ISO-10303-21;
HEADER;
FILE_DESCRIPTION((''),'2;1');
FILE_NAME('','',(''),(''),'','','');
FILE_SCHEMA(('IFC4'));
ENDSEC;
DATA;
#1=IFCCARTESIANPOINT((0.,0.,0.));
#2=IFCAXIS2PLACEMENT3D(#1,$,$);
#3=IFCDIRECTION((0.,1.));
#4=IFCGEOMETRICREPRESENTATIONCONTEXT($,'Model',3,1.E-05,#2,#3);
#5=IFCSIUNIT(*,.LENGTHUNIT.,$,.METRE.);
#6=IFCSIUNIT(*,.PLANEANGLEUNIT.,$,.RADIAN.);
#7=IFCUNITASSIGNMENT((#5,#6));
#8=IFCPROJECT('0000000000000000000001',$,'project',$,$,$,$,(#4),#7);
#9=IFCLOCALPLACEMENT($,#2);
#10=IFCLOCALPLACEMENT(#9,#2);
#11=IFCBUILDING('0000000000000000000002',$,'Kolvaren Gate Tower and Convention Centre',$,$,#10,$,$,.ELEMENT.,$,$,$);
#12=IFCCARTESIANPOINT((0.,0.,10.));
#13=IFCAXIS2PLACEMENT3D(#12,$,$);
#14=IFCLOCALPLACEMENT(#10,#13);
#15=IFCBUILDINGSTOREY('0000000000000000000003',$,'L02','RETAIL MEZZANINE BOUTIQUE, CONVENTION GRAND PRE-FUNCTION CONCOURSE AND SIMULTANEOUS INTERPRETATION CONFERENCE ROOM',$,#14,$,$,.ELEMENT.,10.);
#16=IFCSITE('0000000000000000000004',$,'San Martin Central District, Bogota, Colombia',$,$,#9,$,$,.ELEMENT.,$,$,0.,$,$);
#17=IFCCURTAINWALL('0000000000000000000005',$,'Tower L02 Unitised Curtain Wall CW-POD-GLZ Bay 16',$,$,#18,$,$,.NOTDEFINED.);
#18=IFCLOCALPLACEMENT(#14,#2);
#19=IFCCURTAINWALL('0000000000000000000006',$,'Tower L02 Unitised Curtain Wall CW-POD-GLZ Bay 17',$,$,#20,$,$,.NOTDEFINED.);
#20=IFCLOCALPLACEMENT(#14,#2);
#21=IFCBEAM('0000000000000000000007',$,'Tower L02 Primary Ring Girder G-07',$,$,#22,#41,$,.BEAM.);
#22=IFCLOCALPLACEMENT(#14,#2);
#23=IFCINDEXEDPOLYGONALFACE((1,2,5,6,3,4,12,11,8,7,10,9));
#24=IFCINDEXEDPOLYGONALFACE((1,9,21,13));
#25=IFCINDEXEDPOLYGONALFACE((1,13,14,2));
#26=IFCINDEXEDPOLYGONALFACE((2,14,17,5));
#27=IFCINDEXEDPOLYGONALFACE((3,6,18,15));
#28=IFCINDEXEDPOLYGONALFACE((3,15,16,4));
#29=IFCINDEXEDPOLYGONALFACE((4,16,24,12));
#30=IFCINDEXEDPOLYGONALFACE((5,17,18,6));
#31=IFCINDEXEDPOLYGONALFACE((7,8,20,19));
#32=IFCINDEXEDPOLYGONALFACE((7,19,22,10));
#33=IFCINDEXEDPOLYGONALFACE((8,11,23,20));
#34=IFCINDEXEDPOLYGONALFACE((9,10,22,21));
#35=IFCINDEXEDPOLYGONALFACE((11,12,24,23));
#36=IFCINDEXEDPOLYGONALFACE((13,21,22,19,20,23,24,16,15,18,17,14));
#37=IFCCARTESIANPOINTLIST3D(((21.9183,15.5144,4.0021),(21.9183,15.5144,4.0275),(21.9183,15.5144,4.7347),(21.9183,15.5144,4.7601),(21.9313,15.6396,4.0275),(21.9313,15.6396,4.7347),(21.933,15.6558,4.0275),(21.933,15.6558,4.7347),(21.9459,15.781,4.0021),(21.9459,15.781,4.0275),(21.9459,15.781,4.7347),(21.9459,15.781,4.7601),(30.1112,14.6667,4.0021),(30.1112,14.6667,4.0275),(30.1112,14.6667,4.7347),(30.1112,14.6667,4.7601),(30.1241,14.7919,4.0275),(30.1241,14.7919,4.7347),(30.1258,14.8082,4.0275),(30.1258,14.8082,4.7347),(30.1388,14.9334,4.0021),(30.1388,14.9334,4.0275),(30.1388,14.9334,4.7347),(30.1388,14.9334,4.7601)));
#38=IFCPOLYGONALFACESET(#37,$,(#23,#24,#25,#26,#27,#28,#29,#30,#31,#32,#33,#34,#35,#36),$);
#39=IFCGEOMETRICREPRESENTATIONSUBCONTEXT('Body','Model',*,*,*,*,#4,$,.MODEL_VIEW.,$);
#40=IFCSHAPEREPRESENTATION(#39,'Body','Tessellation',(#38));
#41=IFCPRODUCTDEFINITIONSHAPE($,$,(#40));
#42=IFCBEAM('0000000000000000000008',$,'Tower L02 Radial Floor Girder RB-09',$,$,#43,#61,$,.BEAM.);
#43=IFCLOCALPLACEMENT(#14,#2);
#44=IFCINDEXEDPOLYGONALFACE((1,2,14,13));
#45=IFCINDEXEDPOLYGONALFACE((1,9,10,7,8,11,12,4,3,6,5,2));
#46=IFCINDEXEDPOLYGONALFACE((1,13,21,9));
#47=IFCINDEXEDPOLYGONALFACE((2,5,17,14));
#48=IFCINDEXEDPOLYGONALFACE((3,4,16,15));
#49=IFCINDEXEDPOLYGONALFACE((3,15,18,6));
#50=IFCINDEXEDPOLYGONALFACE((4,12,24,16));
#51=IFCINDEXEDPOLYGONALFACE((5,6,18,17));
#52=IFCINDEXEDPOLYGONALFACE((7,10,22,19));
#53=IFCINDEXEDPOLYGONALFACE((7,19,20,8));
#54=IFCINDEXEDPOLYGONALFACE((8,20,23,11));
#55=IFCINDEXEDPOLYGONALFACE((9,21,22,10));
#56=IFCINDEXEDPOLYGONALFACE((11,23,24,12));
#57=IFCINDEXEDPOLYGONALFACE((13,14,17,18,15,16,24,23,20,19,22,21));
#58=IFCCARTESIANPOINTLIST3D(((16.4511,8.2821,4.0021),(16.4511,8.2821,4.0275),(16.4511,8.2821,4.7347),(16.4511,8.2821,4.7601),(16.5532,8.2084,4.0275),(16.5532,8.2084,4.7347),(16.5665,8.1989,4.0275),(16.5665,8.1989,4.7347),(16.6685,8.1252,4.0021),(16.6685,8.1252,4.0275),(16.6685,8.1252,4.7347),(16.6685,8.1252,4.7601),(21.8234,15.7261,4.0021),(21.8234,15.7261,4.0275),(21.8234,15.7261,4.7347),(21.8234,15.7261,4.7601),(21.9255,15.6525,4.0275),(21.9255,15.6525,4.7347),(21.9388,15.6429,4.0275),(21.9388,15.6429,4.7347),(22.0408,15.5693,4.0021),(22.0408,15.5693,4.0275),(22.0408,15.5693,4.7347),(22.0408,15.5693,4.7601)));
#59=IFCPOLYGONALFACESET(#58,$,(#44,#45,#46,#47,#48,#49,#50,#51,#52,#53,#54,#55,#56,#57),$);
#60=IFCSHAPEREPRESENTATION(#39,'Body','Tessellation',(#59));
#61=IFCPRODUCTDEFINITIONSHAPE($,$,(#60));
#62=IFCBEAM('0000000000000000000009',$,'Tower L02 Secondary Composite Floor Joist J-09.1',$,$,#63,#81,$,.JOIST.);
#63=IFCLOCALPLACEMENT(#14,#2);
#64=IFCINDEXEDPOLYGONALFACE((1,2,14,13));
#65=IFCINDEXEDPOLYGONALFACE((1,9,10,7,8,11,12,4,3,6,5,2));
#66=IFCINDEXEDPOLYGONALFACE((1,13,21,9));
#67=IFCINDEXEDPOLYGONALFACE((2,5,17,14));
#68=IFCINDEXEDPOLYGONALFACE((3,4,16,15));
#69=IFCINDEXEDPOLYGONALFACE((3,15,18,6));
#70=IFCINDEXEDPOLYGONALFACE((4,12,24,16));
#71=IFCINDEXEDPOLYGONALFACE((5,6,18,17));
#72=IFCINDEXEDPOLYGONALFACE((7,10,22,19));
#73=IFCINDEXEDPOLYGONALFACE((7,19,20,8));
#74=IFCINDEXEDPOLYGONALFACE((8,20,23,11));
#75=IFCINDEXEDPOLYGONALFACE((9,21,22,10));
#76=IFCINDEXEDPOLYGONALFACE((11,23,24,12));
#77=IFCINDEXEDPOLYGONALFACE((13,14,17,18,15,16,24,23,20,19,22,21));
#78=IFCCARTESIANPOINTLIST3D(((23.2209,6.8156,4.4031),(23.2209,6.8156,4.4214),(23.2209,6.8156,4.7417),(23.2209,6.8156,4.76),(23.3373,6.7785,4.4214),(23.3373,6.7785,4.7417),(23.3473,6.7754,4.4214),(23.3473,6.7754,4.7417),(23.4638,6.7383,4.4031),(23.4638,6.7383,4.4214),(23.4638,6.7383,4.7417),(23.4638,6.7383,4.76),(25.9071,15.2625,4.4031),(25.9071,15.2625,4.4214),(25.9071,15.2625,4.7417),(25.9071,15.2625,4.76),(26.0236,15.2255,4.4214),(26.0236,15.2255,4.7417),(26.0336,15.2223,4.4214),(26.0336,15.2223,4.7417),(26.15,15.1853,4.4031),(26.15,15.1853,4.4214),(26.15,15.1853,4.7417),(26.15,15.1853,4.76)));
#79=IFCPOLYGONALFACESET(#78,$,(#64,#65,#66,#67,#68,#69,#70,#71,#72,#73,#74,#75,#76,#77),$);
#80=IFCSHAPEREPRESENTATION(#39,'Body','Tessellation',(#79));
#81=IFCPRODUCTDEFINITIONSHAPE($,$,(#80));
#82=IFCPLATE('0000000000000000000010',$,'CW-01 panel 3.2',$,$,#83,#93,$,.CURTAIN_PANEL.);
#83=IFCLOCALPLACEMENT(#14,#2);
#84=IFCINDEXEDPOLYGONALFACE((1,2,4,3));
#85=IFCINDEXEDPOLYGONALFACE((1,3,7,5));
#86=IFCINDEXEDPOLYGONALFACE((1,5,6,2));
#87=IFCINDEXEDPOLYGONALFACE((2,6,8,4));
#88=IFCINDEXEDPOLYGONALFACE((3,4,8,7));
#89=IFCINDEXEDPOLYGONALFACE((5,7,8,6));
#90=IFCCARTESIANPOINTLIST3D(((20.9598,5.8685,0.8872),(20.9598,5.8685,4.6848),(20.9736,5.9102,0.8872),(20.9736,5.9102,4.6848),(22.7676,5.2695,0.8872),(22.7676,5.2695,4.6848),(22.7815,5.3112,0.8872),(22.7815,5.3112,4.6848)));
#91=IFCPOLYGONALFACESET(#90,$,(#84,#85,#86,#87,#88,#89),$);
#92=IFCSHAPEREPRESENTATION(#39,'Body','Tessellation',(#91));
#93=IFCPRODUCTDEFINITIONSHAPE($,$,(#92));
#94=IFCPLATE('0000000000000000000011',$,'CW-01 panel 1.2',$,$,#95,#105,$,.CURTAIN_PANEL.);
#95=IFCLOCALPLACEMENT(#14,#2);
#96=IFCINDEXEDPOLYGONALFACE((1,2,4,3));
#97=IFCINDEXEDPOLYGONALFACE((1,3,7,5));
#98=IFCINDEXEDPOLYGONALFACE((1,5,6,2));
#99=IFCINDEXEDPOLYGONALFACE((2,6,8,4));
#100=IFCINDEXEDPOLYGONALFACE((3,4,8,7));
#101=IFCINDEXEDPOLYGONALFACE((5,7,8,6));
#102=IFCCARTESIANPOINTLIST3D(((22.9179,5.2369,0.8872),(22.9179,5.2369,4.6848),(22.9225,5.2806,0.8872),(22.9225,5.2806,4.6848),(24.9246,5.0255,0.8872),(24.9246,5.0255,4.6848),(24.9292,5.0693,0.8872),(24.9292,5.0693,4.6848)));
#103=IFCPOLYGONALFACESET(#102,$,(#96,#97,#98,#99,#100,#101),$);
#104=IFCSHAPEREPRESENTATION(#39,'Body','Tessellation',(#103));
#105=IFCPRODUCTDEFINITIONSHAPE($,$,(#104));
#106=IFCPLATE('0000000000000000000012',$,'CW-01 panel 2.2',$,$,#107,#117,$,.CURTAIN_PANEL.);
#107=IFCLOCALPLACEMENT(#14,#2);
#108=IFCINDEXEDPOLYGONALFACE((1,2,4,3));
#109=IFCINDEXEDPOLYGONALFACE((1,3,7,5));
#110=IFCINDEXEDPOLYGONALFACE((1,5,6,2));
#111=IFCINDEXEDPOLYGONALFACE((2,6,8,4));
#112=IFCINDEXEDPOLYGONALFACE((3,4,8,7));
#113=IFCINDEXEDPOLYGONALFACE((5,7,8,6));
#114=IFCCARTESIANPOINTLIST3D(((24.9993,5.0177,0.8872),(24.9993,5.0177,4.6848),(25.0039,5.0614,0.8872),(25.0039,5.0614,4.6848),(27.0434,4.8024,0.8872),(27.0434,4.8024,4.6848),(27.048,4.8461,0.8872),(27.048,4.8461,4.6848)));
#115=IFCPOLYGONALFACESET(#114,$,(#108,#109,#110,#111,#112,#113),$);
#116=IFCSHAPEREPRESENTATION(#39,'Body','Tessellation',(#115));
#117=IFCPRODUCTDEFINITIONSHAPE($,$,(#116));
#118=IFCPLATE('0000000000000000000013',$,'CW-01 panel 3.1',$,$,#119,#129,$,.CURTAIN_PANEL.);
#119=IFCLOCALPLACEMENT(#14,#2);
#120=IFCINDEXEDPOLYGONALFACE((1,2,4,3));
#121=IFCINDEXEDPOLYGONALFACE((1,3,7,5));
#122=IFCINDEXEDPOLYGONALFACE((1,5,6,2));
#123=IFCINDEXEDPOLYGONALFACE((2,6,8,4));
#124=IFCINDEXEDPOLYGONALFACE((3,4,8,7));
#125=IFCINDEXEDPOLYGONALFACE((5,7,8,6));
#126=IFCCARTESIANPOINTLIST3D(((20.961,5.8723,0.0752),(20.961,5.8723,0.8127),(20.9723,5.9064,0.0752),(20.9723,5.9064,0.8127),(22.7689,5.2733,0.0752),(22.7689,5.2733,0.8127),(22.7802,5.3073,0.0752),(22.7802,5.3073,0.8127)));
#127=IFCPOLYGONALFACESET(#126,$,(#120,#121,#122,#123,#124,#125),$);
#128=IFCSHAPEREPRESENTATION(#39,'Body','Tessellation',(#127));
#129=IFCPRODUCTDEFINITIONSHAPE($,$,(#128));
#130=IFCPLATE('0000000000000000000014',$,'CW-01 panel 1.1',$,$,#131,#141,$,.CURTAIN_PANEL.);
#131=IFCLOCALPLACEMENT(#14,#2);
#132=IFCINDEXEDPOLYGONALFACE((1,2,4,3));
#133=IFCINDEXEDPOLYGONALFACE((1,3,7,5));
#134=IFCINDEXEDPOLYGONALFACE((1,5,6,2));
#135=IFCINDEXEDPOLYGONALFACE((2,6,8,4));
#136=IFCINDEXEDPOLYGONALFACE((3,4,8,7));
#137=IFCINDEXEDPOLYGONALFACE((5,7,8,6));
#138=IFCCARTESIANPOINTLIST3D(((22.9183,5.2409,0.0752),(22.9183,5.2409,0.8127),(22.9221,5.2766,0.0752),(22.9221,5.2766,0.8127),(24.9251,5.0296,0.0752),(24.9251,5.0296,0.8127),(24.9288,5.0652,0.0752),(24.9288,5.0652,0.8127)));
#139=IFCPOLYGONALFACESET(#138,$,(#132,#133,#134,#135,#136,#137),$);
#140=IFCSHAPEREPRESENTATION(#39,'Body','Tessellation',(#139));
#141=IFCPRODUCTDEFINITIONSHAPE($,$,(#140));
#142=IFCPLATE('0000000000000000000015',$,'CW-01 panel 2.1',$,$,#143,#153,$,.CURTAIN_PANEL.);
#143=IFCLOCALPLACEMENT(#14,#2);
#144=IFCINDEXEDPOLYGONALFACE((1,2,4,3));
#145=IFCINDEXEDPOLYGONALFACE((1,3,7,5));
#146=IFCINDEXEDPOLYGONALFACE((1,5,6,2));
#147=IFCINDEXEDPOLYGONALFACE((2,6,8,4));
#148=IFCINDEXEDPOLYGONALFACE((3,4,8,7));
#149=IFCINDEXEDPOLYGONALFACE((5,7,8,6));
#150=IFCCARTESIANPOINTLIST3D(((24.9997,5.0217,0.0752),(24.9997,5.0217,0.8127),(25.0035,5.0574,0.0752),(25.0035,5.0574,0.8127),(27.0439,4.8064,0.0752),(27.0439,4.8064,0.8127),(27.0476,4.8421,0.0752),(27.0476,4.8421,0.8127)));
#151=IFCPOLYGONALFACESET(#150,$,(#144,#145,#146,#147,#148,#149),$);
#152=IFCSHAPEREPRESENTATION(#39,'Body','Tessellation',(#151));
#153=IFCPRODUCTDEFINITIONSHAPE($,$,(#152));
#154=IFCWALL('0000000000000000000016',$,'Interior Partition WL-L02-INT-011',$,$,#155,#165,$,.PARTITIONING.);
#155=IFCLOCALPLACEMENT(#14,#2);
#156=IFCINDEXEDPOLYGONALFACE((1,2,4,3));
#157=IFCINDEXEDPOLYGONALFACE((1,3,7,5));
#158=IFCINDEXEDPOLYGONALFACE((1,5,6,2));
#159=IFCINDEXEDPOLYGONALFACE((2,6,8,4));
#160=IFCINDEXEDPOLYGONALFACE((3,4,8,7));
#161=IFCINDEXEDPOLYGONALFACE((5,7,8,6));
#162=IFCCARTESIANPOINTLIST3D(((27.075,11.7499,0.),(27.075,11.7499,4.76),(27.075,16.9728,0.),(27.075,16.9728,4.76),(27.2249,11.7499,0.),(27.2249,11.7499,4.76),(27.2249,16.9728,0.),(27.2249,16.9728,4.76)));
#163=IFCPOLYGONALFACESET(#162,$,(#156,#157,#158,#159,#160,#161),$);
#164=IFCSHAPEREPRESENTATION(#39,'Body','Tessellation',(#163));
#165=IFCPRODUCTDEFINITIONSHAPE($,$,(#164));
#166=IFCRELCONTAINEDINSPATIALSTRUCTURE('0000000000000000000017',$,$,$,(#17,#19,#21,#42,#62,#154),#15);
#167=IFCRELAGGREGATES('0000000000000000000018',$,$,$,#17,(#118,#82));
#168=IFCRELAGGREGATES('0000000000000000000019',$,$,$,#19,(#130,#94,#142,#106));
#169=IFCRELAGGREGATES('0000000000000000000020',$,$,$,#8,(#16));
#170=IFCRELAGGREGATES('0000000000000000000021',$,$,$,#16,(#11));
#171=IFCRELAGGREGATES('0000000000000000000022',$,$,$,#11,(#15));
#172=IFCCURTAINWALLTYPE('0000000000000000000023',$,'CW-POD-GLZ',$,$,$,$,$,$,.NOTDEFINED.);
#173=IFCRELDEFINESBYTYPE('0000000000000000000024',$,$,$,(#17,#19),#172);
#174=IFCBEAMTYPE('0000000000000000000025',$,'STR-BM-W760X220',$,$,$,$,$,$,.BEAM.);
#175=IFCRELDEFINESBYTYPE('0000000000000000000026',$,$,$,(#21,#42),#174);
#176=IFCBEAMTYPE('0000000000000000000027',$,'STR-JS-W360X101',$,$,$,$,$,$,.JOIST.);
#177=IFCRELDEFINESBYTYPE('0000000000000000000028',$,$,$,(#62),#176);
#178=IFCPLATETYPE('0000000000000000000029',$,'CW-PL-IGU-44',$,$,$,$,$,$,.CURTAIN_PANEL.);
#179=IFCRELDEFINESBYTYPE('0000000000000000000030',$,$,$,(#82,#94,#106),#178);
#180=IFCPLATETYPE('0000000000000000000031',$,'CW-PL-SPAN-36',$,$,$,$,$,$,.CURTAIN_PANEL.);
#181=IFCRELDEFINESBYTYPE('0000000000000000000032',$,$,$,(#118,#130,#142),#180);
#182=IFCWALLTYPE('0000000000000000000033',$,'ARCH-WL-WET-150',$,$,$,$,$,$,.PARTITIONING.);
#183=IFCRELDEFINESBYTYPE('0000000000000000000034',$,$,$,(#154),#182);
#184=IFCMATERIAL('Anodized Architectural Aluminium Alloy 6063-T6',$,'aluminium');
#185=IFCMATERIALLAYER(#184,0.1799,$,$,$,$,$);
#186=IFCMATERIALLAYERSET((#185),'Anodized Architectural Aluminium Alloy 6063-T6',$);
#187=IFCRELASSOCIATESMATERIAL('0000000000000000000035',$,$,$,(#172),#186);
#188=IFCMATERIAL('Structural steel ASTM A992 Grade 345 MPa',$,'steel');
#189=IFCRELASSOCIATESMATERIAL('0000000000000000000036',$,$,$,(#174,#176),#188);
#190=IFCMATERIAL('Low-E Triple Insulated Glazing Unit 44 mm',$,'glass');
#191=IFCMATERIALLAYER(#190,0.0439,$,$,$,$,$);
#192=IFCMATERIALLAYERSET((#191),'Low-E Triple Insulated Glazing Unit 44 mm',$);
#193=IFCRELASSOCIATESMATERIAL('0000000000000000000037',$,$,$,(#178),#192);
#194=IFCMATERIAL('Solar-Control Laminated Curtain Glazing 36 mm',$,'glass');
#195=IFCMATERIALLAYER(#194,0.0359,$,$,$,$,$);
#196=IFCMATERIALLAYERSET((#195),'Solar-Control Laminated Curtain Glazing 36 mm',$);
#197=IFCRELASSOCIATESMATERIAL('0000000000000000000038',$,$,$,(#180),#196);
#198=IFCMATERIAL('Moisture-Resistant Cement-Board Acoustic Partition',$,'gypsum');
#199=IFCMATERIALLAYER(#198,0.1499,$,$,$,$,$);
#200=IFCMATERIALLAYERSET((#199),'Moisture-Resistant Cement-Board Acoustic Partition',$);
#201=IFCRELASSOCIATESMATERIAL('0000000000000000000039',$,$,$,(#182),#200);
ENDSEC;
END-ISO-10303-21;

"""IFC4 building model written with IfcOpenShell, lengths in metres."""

from ifc_helpers import new_model, si_unit, direction, frame, frame_2d, origin, origin_2d, place, context, subcontext, project, spatial, rectangle, i_section, extrude, material, layer, layer_set, material_profile, profile_set, type_object, element, aggregate, save


model = new_model("IFC4")

# Units and contexts
model_context = context("Model", 3, precision=1e-05, world=origin(), true_north=direction((0.0, 1.0)))
body_context = subcontext(model_context, "Body", "Model", "MODEL_VIEW")
ifc_project = project(units=[si_unit("LENGTHUNIT", "METRE"), si_unit("PLANEANGLEUNIT", "RADIAN")], contexts=[model_context])

# Site, building, storey
site_placement = place(None, origin())
site = spatial("IfcSite", under=ifc_project, at=site_placement, Name="San Martin Central District, Bogota, Colombia", CompositionType="ELEMENT", RefElevation=0.0)
building_placement = place(site_placement, origin())
building = spatial("IfcBuilding", under=site, at=building_placement, Name="Kolvaren Gate Tower and Convention Centre", CompositionType="ELEMENT")
storey_placement = place(building_placement, frame((0.0, 0.0, 10.0)))
storey = spatial("IfcBuildingStorey", under=building, at=storey_placement, Name="L02", Description="RETAIL MEZZANINE BOUTIQUE, CONVENTION GRAND PRE-FUNCTION CONCOURSE AND SIMULTANEOUS INTERPRETATION CONFERENCE ROOM", CompositionType="ELEMENT", Elevation=10.0)

# Curtain wall
ifc_material_1 = material(Name="Anodized Architectural Aluminium Alloy 6063-T6", Category="aluminium")
ifc_layer_1 = layer(ifc_material_1, 0.1799)
ifc_layer_set_1 = layer_set([ifc_layer_1], Name="Anodized Architectural Aluminium Alloy 6063-T6")
curtain_wall_type = type_object("IfcCurtainWallType", Name="CW-POD-GLZ", PredefinedType="NOTDEFINED", material=ifc_layer_set_1)
curtain_wall_1_placement = place(storey_placement, origin())
curtain_wall_1 = element("IfcCurtainWall", 1, at=curtain_wall_1_placement, inside=storey, type_object=curtain_wall_type, Name="Tower L02 Unitised Curtain Wall CW-POD-GLZ Bay 16", PredefinedType="NOTDEFINED")

# Curtain wall
curtain_wall_2_placement = place(storey_placement, origin())
curtain_wall_2 = element("IfcCurtainWall", 2, at=curtain_wall_2_placement, inside=storey, type_object=curtain_wall_type, Name="Tower L02 Unitised Curtain Wall CW-POD-GLZ Bay 17", PredefinedType="NOTDEFINED")

# Beams
ifc_material_2 = material(Name="Structural steel ASTM A992 Grade 345 MPa", Category="steel")
ifc_material_profile_1 = material_profile(ifc_material_2, i_section(OverallWidth=0.2681, OverallDepth=0.7581, WebThickness=0.0164, FlangeThickness=0.0254, at=origin_2d()), Name="W760X220")
ifc_profile_set_1 = profile_set([ifc_material_profile_1], Name="Structural steel ASTM A992 Grade 345 MPa")
beam_type_1 = type_object("IfcBeamType", Name="STR-BM-W760X220", PredefinedType="BEAM", material=ifc_profile_set_1)
beam_1_placement = place(storey_placement, frame((21.9321, 15.6477, 4.3811), z_axis=(0.99469, -0.102913, 0.0), x_axis=(0.102913, 0.99469, 0.0)))
element("IfcBeam", 3, at=beam_1_placement, inside=storey, type_object=beam_type_1, Name="Tower L02 Primary Ring Girder G-07", PredefinedType="BEAM", context=body_context, shape_type="SweptSolid", body=[
    extrude(i_section(OverallWidth=0.2681, OverallDepth=0.7581, WebThickness=0.0164, FlangeThickness=0.0254, at=origin_2d()), origin(), (0.0, 0.0, 1.0), 8.2366),
])
beam_2_placement = place(storey_placement, frame((21.9321, 15.6477, 4.3811), z_axis=(-0.585206, -0.810885, 0.0), x_axis=(0.810885, -0.585206, 0.0)))
element("IfcBeam", 4, at=beam_2_placement, inside=storey, type_object=beam_type_1, Name="Tower L02 Radial Floor Girder RB-09", PredefinedType="BEAM", context=body_context, shape_type="SweptSolid", body=[
    extrude(i_section(OverallWidth=0.2681, OverallDepth=0.7581, WebThickness=0.0164, FlangeThickness=0.0254, at=origin_2d()), origin(), (0.0, 0.0, 1.0), 9.1802),
])
ifc_material_profile_2 = material_profile(ifc_material_2, i_section(OverallWidth=0.2549, OverallDepth=0.3569, WebThickness=0.0105, FlangeThickness=0.0183, at=origin_2d()), Name="W360X101")
ifc_profile_set_2 = profile_set([ifc_material_profile_2], Name="Structural steel ASTM A992 Grade 345 MPa")
beam_type_2 = type_object("IfcBeamType", Name="STR-JS-W360X101", PredefinedType="JOIST", material=ifc_profile_set_2)
beam_3_placement = place(storey_placement, frame((26.0286, 15.2239, 4.5815), z_axis=(-0.303059, -0.952972, 0.0), x_axis=(0.952972, -0.303059, 0.0)))
element("IfcBeam", 5, at=beam_3_placement, inside=storey, type_object=beam_type_2, Name="Tower L02 Secondary Composite Floor Joist J-09.1", PredefinedType="JOIST", context=body_context, shape_type="SweptSolid", body=[
    extrude(i_section(OverallWidth=0.2549, OverallDepth=0.3569, WebThickness=0.0105, FlangeThickness=0.0183, at=origin_2d()), origin(), (0.0, 0.0, 1.0), 8.8638),
])

# Plates
ifc_material_3 = material(Name="Low-E Triple Insulated Glazing Unit 44 mm", Category="glass")
ifc_layer_2 = layer(ifc_material_3, 0.0439)
ifc_layer_set_2 = layer_set([ifc_layer_2], Name="Low-E Triple Insulated Glazing Unit 44 mm")
plate_type_1 = type_object("IfcPlateType", Name="CW-PL-IGU-44", PredefinedType="CURTAIN_PANEL", material=ifc_layer_set_2)
plate_1_placement = place(storey_placement, frame((21.8706, 5.5898, 0.8872), z_axis=(0.0, 0.0, 1.0), x_axis=(0.949242, -0.314547, 0.0)))
plate_1 = element("IfcPlate", 6, at=plate_1_placement, type_object=plate_type_1, Name="CW-01 panel 3.2", PredefinedType="CURTAIN_PANEL", context=body_context, shape_type="SweptSolid", body=[
    extrude(rectangle(XDim=1.9045, YDim=0.0439, at=origin_2d()), origin(), (0.0, 0.0, 1.0), 3.7976),
])
plate_2_placement = place(storey_placement, frame((23.9236, 5.1531, 0.8872), z_axis=(0.0, 0.0, 1.0), x_axis=(0.994499, -0.104742, 0.0)))
plate_2 = element("IfcPlate", 7, at=plate_2_placement, type_object=plate_type_1, Name="CW-01 panel 1.2", PredefinedType="CURTAIN_PANEL", context=body_context, shape_type="SweptSolid", body=[
    extrude(rectangle(XDim=2.0178, YDim=0.0439, at=origin_2d()), origin(), (0.0, 0.0, 1.0), 3.7976),
])
plate_3_placement = place(storey_placement, frame((26.0237, 4.9319, 0.8872), z_axis=(0.0, 0.0, 1.0), x_axis=(0.994499, -0.104742, 0.0)))
plate_3 = element("IfcPlate", 8, at=plate_3_placement, type_object=plate_type_1, Name="CW-01 panel 2.2", PredefinedType="CURTAIN_PANEL", context=body_context, shape_type="SweptSolid", body=[
    extrude(rectangle(XDim=2.0554, YDim=0.0439, at=origin_2d()), origin(), (0.0, 0.0, 1.0), 3.7976),
])
ifc_material_4 = material(Name="Solar-Control Laminated Curtain Glazing 36 mm", Category="glass")
ifc_layer_3 = layer(ifc_material_4, 0.0359)
ifc_layer_set_3 = layer_set([ifc_layer_3], Name="Solar-Control Laminated Curtain Glazing 36 mm")
plate_type_2 = type_object("IfcPlateType", Name="CW-PL-SPAN-36", PredefinedType="CURTAIN_PANEL", material=ifc_layer_set_3)
plate_4_placement = place(storey_placement, frame((21.8706, 5.5898, 0.0752), z_axis=(0.0, 0.0, 1.0), x_axis=(0.949242, -0.314547, 0.0)))
plate_4 = element("IfcPlate", 9, at=plate_4_placement, type_object=plate_type_2, Name="CW-01 panel 3.1", PredefinedType="CURTAIN_PANEL", context=body_context, shape_type="SweptSolid", body=[
    extrude(rectangle(XDim=1.9045, YDim=0.0359, at=origin_2d()), origin(), (0.0, 0.0, 1.0), 0.7375),
])
aggregate(curtain_wall_1, [plate_4, plate_1])
plate_5_placement = place(storey_placement, frame((23.9236, 5.1531, 0.0752), z_axis=(0.0, 0.0, 1.0), x_axis=(0.994499, -0.104742, 0.0)))
plate_5 = element("IfcPlate", 10, at=plate_5_placement, type_object=plate_type_2, Name="CW-01 panel 1.1", PredefinedType="CURTAIN_PANEL", context=body_context, shape_type="SweptSolid", body=[
    extrude(rectangle(XDim=2.0178, YDim=0.0359, at=origin_2d()), origin(), (0.0, 0.0, 1.0), 0.7375),
])
plate_6_placement = place(storey_placement, frame((26.0237, 4.9319, 0.0752), z_axis=(0.0, 0.0, 1.0), x_axis=(0.994499, -0.104742, 0.0)))
plate_6 = element("IfcPlate", 11, at=plate_6_placement, type_object=plate_type_2, Name="CW-01 panel 2.1", PredefinedType="CURTAIN_PANEL", context=body_context, shape_type="SweptSolid", body=[
    extrude(rectangle(XDim=2.0554, YDim=0.0359, at=origin_2d()), origin(), (0.0, 0.0, 1.0), 0.7375),
])
aggregate(curtain_wall_2, [plate_5, plate_2, plate_6, plate_3])

# Wall
ifc_material_5 = material(Name="Moisture-Resistant Cement-Board Acoustic Partition", Category="gypsum")
ifc_layer_4 = layer(ifc_material_5, 0.1499)
ifc_layer_set_4 = layer_set([ifc_layer_4], Name="Moisture-Resistant Cement-Board Acoustic Partition")
wall_type = type_object("IfcWallType", Name="ARCH-WL-WET-150", PredefinedType="PARTITIONING", material=ifc_layer_set_4)
wall_placement = place(storey_placement, frame((27.1499, 11.75, 0.0), z_axis=(0.0, 0.0, 1.0), x_axis=(0.0, 1.0, 0.0)))
element("IfcWall", 12, at=wall_placement, inside=storey, type_object=wall_type, Name="Interior Partition WL-L02-INT-011", PredefinedType="PARTITIONING", context=body_context, shape_type="SweptSolid", body=[
    extrude(rectangle(XDim=5.2229, YDim=0.1499, at=frame_2d((2.6113, 0.0))), origin(), (0.0, 0.0, 1.0), 4.76),
])

save(model, "model.ifc")
